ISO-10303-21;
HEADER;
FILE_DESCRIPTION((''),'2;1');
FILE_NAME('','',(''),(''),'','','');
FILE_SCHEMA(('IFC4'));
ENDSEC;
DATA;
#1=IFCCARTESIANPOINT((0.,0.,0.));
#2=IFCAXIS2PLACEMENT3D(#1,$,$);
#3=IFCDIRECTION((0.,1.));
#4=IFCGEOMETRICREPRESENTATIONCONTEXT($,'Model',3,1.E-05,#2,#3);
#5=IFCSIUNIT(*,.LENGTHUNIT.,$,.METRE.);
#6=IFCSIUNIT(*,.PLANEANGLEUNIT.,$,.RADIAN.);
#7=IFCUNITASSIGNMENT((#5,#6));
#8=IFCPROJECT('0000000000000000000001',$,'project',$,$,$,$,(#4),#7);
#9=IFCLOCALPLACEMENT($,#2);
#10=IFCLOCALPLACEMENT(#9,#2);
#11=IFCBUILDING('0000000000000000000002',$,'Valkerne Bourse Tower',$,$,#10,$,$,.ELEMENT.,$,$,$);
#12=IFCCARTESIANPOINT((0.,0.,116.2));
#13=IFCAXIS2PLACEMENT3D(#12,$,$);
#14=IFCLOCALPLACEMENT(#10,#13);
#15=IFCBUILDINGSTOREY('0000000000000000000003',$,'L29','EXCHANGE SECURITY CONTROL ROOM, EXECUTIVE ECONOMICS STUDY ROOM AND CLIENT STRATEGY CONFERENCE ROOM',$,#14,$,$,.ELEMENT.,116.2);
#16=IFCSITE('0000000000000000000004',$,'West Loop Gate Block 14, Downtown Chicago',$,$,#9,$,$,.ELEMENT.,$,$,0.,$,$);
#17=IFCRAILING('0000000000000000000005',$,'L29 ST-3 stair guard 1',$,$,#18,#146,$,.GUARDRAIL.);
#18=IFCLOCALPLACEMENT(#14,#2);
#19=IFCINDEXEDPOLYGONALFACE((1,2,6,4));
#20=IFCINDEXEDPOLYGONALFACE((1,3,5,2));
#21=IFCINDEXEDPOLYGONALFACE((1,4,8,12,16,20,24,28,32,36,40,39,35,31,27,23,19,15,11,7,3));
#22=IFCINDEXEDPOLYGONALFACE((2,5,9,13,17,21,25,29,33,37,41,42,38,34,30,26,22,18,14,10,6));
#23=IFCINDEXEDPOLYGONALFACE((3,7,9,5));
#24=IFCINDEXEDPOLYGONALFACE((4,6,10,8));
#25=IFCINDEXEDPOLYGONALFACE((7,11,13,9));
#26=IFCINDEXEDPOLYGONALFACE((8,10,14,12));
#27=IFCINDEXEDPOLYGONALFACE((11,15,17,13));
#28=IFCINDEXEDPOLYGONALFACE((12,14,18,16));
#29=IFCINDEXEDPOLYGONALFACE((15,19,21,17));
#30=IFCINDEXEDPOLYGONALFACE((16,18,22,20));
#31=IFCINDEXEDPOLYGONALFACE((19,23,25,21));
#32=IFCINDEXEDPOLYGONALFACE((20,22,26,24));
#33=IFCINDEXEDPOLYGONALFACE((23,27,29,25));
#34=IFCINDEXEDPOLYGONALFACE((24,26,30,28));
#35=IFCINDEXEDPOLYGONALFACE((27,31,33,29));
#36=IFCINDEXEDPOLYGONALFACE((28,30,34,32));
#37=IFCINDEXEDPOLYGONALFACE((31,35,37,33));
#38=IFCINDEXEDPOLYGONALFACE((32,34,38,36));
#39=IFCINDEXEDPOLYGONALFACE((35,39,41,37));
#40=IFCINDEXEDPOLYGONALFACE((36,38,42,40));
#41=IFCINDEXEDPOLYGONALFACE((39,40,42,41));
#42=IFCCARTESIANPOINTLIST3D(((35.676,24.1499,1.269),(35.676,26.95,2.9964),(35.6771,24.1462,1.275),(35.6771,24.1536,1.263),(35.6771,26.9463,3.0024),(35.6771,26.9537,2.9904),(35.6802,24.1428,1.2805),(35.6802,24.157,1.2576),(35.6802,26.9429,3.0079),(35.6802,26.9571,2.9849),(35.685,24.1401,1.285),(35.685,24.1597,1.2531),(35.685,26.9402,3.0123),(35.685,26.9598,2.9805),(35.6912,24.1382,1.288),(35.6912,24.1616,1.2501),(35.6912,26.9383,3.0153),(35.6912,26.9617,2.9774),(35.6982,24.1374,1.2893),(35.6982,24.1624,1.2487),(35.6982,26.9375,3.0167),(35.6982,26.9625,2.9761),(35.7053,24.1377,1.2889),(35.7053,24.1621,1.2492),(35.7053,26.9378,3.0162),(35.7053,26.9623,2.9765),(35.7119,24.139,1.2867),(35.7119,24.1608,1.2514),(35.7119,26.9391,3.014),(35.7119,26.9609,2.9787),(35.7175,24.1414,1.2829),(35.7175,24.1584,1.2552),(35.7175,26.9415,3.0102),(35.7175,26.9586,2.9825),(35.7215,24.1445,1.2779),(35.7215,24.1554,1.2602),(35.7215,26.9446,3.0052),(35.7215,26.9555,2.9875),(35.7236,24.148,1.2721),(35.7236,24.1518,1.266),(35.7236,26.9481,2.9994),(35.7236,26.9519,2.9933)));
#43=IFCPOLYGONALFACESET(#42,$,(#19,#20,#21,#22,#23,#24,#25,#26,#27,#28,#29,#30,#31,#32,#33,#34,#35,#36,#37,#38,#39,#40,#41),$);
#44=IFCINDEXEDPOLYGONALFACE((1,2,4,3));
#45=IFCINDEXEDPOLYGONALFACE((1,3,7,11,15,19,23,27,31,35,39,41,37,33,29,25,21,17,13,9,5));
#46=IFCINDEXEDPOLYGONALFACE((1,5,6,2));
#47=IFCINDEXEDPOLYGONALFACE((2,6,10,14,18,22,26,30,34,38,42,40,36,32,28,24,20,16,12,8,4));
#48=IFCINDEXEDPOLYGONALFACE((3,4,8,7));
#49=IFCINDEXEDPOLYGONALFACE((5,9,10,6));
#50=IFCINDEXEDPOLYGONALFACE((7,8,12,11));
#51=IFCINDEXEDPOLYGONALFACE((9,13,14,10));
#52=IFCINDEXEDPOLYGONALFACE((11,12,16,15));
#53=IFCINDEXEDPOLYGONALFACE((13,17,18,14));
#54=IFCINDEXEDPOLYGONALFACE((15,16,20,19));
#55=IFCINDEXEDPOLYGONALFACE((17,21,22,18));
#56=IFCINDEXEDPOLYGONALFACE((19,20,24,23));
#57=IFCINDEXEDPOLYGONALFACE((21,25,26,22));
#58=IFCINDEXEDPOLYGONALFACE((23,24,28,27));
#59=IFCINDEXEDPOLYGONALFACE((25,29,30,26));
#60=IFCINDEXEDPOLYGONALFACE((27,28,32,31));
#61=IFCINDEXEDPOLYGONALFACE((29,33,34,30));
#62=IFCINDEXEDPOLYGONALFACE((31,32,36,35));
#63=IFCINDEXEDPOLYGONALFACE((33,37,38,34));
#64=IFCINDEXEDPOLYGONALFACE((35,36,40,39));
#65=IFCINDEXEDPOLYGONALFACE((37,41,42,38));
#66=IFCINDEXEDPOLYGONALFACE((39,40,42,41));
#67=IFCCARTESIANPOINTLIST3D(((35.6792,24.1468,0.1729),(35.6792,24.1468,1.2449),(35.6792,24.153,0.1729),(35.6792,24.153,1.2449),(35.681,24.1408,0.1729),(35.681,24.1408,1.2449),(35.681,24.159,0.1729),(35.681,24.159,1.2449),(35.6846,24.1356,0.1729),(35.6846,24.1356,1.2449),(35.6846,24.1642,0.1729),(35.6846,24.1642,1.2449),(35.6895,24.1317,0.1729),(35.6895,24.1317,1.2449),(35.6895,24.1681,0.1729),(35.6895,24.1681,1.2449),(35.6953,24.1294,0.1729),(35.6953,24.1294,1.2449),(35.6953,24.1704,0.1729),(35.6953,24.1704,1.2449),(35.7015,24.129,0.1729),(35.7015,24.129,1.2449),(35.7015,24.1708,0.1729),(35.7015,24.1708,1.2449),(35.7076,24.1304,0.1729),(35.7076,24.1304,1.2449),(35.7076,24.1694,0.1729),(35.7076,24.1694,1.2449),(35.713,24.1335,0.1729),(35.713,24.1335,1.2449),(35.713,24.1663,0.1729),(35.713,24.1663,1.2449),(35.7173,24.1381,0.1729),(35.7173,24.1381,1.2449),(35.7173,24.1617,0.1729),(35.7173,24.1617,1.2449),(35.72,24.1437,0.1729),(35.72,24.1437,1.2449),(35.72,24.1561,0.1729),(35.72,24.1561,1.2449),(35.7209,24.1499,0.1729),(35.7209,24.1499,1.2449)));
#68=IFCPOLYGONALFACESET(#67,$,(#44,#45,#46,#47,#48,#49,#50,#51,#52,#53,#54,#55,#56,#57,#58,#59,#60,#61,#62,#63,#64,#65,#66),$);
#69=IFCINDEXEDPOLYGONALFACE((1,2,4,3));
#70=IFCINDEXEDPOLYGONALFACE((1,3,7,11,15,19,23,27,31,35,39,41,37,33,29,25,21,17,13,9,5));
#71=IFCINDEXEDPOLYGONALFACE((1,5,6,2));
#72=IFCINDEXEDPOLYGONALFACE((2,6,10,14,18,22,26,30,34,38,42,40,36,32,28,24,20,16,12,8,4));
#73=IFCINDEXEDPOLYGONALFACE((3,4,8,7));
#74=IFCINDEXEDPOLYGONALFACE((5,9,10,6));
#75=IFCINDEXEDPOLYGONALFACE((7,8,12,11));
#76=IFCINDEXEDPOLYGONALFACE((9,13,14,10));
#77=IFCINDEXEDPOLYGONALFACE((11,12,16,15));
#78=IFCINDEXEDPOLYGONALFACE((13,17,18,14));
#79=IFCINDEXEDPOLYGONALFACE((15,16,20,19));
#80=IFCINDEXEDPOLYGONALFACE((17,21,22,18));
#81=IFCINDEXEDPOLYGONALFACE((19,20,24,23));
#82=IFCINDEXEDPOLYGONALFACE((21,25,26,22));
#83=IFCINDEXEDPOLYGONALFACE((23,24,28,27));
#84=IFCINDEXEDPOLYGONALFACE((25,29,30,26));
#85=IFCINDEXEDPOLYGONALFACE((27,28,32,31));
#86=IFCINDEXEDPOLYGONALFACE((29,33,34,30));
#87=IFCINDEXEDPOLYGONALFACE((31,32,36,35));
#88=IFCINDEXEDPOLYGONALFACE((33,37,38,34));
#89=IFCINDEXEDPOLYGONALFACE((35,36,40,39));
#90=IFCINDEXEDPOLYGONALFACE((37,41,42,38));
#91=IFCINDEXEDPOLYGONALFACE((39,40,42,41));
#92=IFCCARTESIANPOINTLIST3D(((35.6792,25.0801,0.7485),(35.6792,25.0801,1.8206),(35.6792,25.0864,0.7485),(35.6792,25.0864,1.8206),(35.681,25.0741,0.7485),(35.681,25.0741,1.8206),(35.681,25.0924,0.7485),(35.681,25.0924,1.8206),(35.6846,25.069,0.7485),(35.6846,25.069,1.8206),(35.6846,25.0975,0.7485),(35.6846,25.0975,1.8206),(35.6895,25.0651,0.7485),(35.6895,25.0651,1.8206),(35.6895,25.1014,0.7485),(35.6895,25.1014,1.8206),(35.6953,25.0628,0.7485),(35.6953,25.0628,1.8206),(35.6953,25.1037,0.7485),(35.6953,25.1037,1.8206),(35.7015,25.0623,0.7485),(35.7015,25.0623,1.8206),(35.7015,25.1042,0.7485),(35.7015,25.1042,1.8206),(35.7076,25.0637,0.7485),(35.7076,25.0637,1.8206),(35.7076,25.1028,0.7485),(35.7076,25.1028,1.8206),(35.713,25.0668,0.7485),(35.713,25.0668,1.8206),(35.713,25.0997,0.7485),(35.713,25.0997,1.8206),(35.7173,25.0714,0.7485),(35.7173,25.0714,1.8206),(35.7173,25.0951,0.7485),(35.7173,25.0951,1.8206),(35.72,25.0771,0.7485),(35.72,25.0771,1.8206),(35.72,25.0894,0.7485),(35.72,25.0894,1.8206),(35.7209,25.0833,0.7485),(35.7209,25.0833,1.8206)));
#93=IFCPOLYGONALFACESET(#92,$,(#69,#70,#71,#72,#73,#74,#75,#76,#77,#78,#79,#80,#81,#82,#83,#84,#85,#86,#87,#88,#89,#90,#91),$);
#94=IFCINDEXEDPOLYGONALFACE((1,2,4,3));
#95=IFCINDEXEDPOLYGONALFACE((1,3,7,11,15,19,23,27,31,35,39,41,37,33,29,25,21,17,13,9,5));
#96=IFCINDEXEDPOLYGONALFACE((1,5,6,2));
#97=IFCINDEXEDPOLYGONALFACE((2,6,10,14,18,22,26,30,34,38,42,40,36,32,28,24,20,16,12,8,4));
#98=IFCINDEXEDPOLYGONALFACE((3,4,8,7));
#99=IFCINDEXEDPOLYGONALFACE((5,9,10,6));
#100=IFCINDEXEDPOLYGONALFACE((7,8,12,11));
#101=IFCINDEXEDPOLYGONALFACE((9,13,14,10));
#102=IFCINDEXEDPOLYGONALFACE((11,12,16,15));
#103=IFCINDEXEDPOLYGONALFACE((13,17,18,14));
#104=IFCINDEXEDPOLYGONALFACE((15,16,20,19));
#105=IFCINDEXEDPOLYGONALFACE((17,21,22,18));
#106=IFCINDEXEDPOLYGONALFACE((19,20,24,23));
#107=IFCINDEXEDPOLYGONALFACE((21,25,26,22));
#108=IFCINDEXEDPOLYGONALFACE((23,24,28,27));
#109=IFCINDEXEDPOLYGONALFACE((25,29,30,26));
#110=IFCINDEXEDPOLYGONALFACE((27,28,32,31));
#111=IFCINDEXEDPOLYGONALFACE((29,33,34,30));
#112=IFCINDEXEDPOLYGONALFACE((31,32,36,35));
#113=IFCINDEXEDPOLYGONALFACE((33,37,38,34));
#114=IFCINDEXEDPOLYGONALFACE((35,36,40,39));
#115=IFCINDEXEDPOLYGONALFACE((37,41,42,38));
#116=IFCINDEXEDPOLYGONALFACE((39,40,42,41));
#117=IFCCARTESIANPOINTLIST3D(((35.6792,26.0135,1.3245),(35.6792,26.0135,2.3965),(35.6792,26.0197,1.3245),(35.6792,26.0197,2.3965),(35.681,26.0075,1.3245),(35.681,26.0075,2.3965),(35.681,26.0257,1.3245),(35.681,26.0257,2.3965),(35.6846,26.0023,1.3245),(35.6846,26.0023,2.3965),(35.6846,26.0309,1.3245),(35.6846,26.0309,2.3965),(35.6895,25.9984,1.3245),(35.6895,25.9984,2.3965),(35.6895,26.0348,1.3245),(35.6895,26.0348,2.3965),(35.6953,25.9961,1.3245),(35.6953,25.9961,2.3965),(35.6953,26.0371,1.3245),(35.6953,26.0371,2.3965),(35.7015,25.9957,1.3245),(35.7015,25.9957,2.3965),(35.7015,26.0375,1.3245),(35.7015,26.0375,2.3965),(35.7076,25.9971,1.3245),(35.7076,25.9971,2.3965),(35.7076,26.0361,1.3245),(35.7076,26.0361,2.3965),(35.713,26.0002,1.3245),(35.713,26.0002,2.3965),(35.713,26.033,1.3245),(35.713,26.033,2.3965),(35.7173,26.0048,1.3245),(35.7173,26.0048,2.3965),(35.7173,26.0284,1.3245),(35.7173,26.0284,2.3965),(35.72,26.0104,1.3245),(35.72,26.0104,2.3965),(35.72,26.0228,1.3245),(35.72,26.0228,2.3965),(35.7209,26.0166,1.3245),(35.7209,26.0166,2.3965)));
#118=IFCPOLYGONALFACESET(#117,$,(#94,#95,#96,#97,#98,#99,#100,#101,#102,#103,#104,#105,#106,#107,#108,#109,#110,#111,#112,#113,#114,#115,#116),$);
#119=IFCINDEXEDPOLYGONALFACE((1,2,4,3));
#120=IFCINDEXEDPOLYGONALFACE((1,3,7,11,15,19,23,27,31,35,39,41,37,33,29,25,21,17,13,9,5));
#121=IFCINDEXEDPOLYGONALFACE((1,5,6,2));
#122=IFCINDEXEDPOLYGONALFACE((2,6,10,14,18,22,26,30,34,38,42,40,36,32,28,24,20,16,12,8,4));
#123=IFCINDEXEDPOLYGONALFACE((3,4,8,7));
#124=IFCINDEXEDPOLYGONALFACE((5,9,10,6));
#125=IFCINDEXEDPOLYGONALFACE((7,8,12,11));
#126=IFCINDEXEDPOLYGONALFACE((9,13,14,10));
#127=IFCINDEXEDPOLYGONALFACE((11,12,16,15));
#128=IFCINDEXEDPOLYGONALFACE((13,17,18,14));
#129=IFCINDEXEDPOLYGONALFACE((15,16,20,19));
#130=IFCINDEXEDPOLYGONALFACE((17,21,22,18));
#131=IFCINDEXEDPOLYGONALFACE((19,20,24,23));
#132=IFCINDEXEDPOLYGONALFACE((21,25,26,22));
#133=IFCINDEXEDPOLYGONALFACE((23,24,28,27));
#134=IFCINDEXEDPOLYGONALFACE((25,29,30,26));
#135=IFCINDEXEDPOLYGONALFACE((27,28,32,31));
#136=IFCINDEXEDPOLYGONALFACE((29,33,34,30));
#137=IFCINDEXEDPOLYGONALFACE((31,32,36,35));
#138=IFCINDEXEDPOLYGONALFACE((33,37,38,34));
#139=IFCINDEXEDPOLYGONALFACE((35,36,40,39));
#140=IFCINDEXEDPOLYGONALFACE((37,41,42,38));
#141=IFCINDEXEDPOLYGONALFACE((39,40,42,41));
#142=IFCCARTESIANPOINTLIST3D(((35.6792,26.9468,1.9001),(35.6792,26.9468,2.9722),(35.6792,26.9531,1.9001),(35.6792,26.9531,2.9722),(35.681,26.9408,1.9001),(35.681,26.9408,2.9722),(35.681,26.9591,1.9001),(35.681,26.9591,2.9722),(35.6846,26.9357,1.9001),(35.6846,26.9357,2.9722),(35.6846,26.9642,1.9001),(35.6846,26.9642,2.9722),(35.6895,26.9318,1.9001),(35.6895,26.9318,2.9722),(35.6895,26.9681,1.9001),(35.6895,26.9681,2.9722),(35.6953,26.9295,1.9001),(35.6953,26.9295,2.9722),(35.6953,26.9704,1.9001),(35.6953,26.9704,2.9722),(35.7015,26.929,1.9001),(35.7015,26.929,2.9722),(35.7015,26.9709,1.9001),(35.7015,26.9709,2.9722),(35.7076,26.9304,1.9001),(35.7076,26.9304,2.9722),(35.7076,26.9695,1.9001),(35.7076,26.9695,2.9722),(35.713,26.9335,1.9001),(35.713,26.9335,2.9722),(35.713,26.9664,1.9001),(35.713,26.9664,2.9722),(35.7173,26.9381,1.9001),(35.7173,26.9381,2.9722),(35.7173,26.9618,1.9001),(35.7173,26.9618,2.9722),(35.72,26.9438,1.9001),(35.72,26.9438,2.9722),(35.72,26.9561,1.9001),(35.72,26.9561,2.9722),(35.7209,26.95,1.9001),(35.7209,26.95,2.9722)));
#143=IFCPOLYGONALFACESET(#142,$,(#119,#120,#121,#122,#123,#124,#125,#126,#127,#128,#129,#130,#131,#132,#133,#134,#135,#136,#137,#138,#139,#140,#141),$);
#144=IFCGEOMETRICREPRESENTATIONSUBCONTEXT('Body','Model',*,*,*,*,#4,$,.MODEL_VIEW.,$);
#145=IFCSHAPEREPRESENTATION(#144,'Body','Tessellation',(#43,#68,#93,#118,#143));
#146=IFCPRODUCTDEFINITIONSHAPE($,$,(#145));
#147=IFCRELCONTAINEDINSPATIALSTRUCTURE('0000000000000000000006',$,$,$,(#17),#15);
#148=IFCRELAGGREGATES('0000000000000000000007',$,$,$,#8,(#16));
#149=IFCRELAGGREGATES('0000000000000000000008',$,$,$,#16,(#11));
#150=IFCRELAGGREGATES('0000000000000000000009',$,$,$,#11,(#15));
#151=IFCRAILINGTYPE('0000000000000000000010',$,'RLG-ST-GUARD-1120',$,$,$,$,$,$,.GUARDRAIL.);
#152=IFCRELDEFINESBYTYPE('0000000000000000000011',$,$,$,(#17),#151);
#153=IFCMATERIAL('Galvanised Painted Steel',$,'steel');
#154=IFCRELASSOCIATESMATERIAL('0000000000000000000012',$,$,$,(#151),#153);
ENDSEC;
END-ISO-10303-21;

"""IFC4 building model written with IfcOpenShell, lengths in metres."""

from ifc_helpers import new_model, si_unit, direction, frame, origin, origin_2d, place, context, subcontext, project, spatial, circle, extrude, material, type_object, element, save


model = new_model("IFC4")

# Units and contexts
model_context = context("Model", 3, precision=1e-05, world=origin(), true_north=direction((0.0, 1.0)))
body_context = subcontext(model_context, "Body", "Model", "MODEL_VIEW")
ifc_project = project(units=[si_unit("LENGTHUNIT", "METRE"), si_unit("PLANEANGLEUNIT", "RADIAN")], contexts=[model_context])

# Site, building, storey
site_placement = place(None, origin())
site = spatial("IfcSite", under=ifc_project, at=site_placement, Name="West Loop Gate Block 14, Downtown Chicago", CompositionType="ELEMENT", RefElevation=0.0)
building_placement = place(site_placement, origin())
building = spatial("IfcBuilding", under=site, at=building_placement, Name="Valkerne Bourse Tower", CompositionType="ELEMENT")
storey_placement = place(building_placement, frame((0.0, 0.0, 116.2)))
storey = spatial("IfcBuildingStorey", under=building, at=storey_placement, Name="L29", Description="EXCHANGE SECURITY CONTROL ROOM, EXECUTIVE ECONOMICS STUDY ROOM AND CLIENT STRATEGY CONFERENCE ROOM", CompositionType="ELEMENT", Elevation=116.2)

# Railing
ifc_material_1 = material(Name="Galvanised Painted Steel", Category="steel")
railing_type_1 = type_object("IfcRailingType", Name="RLG-ST-GUARD-1120", PredefinedType="GUARDRAIL", material=ifc_material_1)
railing_1_placement = place(storey_placement, frame((35.7, 24.1499, 0.1729)))
element("IfcRailing", 1, at=railing_1_placement, inside=storey, type_object=railing_type_1, Name="L29 ST-3 stair guard 1", PredefinedType="GUARDRAIL", context=body_context, shape_type="SweptSolid", body=[
    extrude(circle(Radius=0.0239, at=origin_2d()), frame((0.0, 0.0, 1.0962), z_axis=(0.0, 0.85109, 0.52502), x_axis=(-1.0, 0.0, 0.0)), (0.0, 0.0, 1.0), 3.29),
    extrude(circle(Radius=0.021, at=origin_2d()), origin(), (0.0, 0.0, 1.0), 1.072),
    extrude(circle(Radius=0.021, at=origin_2d()), frame((0.0, 0.9333, 0.5757)), (0.0, 0.0, 1.0), 1.072),
    extrude(circle(Radius=0.021, at=origin_2d()), frame((0.0, 1.8667, 1.1516)), (0.0, 0.0, 1.0), 1.072),
    extrude(circle(Radius=0.021, at=origin_2d()), frame((0.0, 2.8, 1.7273)), (0.0, 0.0, 1.0), 1.072),
])

save(model, "model.ifc")
